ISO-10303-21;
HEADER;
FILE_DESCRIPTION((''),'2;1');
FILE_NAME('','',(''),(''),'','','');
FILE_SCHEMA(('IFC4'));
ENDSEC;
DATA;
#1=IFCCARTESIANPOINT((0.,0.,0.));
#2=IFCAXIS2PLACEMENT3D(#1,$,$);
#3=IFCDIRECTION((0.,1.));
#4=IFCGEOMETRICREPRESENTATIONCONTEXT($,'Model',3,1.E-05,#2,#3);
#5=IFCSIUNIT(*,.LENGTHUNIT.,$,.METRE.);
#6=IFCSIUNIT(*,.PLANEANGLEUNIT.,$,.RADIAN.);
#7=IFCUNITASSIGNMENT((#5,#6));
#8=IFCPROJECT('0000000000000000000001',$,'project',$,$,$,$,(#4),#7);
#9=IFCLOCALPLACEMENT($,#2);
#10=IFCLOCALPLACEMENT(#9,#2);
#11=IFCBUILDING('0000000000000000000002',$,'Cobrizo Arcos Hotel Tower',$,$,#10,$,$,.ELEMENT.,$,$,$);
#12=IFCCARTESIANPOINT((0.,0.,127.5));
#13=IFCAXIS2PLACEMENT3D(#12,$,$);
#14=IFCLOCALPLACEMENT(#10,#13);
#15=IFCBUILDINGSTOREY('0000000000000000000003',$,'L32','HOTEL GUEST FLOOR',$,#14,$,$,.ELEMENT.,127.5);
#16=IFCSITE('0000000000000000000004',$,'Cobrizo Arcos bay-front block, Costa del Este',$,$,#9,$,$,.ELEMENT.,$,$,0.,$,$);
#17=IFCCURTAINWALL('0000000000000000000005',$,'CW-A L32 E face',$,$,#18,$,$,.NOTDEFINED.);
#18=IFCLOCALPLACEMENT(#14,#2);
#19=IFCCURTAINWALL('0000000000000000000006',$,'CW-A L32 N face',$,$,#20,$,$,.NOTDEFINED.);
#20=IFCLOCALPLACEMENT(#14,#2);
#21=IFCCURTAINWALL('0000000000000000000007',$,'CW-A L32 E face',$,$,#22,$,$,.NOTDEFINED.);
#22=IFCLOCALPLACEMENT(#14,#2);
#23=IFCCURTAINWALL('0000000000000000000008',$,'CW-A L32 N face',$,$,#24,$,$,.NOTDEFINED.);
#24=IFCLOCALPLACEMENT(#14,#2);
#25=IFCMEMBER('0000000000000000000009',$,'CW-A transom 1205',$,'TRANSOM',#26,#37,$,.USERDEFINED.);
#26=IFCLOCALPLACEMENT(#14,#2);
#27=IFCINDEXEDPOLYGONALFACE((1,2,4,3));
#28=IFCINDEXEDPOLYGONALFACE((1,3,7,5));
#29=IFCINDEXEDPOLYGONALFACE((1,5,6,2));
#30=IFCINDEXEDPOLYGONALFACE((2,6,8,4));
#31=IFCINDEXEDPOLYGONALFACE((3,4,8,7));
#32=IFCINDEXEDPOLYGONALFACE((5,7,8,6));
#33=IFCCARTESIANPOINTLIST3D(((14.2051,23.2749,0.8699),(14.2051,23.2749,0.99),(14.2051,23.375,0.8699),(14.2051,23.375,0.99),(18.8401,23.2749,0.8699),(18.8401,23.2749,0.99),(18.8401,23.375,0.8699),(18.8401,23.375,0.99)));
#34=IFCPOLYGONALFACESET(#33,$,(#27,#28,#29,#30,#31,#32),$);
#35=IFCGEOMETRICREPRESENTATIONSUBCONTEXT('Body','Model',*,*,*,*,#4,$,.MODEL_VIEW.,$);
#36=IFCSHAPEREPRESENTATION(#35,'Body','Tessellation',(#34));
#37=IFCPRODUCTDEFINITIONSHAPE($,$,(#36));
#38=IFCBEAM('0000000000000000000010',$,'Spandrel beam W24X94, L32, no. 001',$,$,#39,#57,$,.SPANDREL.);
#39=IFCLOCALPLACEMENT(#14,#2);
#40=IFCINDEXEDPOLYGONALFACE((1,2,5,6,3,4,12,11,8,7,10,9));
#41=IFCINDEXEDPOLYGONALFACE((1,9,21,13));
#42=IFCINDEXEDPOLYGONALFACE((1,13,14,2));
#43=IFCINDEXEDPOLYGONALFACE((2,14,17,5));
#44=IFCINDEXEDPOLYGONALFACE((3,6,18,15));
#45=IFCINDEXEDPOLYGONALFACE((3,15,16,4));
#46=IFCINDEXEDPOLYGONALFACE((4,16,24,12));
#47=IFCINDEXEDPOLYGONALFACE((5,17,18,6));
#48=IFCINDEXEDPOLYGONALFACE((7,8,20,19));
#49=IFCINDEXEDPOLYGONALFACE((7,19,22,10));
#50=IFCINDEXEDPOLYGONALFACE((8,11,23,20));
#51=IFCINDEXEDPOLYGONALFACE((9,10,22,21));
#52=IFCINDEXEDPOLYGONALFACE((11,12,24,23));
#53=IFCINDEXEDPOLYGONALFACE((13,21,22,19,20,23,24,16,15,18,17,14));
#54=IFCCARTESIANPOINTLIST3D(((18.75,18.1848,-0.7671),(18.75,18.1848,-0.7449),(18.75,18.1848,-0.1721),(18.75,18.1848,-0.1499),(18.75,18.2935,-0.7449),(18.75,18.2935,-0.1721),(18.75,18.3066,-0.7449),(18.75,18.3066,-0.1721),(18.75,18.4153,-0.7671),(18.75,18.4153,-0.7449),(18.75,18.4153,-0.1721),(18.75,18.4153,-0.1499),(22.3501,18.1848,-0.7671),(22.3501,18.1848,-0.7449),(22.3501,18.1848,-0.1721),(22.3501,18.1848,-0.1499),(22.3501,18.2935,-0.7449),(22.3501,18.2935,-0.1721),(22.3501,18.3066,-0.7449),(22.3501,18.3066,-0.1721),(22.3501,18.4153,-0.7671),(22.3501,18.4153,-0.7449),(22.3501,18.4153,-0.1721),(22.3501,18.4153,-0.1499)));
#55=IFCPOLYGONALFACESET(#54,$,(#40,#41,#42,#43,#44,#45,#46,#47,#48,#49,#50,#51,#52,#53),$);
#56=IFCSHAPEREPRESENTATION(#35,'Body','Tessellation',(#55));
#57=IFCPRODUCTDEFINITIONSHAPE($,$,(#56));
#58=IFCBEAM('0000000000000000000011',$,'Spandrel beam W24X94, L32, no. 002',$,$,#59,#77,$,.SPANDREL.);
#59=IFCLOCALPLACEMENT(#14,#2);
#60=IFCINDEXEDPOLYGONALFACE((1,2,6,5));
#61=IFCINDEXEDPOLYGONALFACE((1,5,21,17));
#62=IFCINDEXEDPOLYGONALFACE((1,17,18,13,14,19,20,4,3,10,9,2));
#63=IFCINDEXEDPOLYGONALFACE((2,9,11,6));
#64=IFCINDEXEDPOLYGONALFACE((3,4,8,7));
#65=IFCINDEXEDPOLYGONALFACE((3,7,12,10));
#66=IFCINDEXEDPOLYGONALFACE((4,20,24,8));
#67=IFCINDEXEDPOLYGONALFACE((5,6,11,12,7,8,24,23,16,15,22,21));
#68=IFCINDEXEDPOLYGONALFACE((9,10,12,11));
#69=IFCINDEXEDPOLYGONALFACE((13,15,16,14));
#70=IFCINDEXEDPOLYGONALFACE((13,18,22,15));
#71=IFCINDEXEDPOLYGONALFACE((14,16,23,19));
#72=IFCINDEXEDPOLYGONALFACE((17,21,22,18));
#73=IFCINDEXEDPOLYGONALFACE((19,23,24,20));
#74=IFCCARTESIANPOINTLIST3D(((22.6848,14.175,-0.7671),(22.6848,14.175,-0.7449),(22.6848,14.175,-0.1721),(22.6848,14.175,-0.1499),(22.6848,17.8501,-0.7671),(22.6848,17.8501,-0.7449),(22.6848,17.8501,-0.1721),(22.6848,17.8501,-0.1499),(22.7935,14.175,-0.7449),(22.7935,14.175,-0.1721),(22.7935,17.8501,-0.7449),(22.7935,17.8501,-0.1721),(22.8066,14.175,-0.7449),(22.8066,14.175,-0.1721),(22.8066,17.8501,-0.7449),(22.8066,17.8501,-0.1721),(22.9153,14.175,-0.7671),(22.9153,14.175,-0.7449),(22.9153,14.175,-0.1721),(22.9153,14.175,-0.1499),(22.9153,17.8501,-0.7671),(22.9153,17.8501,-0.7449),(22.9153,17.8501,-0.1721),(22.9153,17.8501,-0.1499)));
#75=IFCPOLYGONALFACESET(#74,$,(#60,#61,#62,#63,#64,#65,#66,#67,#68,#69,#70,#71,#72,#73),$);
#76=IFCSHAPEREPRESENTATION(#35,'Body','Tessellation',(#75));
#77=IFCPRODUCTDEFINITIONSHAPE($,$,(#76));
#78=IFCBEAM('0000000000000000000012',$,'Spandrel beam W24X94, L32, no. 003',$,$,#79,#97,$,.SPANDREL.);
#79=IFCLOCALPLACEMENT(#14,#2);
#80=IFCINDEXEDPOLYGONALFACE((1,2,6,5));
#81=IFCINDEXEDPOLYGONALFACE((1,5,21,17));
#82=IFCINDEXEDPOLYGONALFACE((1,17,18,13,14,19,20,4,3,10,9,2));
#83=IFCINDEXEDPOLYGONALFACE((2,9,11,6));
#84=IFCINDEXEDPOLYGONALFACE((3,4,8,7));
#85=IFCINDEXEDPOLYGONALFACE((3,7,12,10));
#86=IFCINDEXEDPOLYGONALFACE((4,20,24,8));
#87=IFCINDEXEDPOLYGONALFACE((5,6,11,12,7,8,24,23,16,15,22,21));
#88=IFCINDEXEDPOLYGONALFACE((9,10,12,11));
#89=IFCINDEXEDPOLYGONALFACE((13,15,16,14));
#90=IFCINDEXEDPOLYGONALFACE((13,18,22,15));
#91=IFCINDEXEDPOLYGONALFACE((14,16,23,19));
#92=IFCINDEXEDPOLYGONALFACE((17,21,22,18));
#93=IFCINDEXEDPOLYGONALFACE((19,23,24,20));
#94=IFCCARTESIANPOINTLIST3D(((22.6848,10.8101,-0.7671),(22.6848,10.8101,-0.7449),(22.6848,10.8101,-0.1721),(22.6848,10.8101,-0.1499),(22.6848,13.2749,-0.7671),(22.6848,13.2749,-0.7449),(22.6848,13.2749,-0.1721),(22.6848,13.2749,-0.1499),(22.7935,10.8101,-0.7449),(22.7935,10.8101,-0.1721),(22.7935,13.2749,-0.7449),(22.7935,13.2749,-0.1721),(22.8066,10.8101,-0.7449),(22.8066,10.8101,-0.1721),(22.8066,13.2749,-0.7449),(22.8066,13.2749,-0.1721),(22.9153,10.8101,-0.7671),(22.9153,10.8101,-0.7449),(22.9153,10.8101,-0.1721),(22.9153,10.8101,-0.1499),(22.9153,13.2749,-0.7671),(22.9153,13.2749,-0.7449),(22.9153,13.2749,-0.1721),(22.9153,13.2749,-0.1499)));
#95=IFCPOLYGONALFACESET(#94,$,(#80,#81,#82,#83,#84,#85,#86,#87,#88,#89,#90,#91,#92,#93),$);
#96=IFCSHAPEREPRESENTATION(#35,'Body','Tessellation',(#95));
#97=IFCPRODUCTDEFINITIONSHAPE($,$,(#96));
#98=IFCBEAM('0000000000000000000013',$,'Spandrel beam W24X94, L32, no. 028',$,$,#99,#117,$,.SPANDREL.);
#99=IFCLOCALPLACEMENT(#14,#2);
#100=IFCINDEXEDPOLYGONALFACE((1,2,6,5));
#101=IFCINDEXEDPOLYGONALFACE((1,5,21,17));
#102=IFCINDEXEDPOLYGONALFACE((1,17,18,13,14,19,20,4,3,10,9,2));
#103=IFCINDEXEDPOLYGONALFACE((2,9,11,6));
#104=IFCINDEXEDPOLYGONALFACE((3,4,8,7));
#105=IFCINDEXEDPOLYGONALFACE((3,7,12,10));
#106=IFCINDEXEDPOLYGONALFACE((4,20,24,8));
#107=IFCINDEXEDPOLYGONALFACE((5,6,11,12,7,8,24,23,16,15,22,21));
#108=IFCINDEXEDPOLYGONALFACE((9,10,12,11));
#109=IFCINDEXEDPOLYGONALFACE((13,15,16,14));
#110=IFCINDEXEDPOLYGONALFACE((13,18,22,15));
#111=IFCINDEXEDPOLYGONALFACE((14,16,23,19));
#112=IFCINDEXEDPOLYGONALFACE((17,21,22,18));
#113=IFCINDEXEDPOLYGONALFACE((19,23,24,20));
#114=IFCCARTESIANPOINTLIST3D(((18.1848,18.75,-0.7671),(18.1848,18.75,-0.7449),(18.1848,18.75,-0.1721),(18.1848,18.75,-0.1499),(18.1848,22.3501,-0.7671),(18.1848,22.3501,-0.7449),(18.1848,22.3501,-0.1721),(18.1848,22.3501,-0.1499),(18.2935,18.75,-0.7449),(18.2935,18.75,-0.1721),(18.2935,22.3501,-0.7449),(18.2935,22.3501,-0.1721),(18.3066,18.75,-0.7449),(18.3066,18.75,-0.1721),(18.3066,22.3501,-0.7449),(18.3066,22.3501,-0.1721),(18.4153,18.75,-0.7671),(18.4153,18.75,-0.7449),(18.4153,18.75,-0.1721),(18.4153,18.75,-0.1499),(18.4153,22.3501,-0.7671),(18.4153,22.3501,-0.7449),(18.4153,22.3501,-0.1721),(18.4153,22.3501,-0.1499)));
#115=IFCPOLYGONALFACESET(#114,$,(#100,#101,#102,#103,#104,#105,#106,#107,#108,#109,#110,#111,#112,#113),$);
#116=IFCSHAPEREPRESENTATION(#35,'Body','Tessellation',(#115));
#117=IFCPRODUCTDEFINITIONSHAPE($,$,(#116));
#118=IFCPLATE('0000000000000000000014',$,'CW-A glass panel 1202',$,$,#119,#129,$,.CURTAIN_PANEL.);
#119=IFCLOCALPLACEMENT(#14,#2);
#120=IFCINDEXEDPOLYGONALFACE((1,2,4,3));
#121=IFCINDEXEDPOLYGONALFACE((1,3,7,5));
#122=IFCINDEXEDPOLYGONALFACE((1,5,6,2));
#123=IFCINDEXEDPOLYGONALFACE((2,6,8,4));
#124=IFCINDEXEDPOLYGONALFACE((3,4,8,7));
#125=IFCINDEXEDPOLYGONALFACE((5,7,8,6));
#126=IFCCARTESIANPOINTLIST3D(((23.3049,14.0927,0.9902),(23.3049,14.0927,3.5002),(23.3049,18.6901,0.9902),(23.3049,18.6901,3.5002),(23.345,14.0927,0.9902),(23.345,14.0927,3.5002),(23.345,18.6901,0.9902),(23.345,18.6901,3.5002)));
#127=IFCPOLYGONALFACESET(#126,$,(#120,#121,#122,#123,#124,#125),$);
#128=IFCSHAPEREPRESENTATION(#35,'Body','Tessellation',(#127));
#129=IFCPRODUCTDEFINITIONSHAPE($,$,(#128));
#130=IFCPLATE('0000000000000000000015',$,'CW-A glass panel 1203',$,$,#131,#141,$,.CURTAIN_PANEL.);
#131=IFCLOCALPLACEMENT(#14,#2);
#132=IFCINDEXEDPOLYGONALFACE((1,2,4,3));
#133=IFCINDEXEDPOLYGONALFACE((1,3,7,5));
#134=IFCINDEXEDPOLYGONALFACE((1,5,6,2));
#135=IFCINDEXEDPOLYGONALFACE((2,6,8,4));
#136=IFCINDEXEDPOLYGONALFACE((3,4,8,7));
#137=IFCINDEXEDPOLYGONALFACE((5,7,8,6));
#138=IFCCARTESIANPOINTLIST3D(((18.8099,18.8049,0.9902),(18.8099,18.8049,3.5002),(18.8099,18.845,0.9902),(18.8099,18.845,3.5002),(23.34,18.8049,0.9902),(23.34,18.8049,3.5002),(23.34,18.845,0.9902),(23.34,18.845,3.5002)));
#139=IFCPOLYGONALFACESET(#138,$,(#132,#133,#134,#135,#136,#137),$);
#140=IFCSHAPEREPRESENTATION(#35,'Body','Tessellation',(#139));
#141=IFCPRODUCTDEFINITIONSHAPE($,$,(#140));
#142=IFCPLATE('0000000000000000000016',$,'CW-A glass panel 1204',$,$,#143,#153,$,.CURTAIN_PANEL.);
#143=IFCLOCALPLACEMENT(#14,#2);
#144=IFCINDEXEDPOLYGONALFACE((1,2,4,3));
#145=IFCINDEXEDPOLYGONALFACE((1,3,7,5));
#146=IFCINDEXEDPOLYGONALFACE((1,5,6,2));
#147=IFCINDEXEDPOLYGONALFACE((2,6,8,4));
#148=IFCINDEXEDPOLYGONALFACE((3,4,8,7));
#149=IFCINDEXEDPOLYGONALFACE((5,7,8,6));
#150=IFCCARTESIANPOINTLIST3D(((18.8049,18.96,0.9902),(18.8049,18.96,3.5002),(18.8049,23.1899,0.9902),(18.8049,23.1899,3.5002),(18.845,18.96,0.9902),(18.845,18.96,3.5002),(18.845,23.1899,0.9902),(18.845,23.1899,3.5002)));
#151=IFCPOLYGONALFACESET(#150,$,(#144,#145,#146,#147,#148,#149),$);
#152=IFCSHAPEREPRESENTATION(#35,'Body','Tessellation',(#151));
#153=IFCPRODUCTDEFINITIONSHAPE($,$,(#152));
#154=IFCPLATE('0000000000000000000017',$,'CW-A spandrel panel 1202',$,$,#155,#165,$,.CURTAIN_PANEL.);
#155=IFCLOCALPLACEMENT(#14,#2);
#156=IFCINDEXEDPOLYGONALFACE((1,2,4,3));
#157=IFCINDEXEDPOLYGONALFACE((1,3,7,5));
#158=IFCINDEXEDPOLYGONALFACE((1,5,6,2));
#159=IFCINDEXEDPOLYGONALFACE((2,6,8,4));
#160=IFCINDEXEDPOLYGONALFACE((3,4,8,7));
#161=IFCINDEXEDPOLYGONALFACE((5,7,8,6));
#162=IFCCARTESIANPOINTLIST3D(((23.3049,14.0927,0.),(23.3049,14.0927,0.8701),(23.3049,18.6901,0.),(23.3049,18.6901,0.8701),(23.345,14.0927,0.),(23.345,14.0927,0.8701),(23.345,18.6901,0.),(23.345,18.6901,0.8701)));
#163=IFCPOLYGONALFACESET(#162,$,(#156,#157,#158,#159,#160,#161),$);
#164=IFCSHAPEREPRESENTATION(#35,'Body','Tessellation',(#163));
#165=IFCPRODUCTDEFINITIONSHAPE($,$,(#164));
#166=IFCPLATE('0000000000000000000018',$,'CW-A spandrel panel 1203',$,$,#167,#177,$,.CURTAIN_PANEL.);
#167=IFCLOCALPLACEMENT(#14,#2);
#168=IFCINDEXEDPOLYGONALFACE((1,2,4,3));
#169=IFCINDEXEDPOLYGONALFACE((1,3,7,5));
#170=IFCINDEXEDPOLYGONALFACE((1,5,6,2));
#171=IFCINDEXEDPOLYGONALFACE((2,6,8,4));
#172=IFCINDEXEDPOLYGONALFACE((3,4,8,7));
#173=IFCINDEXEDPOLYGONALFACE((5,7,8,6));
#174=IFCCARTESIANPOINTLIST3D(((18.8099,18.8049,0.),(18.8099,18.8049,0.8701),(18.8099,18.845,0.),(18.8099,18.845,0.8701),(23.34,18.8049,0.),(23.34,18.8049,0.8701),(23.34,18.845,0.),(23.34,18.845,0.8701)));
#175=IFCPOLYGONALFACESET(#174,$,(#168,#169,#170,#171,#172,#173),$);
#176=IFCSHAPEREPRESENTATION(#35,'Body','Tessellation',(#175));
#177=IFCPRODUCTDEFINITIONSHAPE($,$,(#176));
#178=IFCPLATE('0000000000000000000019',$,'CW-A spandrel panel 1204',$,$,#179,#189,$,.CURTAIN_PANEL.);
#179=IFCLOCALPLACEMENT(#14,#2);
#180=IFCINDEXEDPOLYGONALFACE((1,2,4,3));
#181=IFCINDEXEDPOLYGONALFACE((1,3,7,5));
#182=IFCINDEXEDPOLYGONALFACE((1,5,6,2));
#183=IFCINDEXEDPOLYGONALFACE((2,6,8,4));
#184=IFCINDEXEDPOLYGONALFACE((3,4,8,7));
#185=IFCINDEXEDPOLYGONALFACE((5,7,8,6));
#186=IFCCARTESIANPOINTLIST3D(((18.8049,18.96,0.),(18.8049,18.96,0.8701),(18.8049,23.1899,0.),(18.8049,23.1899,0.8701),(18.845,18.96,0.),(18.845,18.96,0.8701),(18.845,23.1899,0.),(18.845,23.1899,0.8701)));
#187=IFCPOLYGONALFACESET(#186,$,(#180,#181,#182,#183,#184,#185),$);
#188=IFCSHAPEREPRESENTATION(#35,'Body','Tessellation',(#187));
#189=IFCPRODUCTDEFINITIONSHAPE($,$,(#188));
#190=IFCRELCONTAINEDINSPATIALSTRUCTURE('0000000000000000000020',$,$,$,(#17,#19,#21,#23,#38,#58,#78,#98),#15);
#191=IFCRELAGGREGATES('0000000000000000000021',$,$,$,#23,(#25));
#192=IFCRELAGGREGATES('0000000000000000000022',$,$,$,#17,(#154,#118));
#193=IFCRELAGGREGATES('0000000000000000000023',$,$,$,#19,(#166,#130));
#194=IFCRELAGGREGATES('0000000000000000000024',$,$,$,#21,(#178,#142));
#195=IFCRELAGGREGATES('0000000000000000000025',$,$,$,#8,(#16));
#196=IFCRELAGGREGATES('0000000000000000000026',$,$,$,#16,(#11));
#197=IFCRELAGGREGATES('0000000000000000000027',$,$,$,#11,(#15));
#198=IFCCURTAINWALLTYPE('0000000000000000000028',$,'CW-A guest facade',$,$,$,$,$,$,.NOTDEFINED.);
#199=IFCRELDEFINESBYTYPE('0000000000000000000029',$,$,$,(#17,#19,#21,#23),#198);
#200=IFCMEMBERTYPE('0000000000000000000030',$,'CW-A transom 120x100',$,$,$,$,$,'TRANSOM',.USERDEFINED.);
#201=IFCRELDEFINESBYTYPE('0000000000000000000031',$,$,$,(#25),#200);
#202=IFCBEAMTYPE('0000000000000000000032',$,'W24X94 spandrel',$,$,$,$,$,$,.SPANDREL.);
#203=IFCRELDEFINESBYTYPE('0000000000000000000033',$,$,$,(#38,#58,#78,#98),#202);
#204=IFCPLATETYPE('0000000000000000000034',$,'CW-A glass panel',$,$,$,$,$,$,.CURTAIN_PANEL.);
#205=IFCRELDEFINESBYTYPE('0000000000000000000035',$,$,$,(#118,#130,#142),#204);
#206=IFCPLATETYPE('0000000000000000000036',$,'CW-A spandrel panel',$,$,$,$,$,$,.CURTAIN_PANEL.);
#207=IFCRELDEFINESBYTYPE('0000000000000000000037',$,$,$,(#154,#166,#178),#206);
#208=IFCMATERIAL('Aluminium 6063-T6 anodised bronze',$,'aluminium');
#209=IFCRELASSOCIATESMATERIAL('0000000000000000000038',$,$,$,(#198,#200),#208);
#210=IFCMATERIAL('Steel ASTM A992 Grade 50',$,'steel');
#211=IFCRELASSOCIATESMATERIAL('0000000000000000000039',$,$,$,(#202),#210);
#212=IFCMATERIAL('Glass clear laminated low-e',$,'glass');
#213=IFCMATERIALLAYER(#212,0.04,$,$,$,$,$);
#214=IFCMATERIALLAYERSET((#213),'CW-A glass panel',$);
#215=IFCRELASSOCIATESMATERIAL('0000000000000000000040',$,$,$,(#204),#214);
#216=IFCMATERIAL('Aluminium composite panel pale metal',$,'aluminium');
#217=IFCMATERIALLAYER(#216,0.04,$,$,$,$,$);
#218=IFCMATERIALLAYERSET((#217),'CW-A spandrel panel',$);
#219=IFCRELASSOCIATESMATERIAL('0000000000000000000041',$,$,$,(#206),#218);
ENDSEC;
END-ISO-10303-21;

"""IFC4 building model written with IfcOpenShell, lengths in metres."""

from ifc_helpers import new_model, si_unit, direction, frame, origin, origin_2d, place, context, subcontext, project, spatial, rectangle, i_section, extrude, material, layer, layer_set, material_profile, profile_set, type_object, element, aggregate, save


model = new_model("IFC4")

# Units and contexts
model_context = context("Model", 3, precision=1e-05, world=origin(), true_north=direction((0.0, 1.0)))
body_context = subcontext(model_context, "Body", "Model", "MODEL_VIEW")
ifc_project = project(units=[si_unit("LENGTHUNIT", "METRE"), si_unit("PLANEANGLEUNIT", "RADIAN")], contexts=[model_context])

# Site, building, storey
site_placement = place(None, origin())
site = spatial("IfcSite", under=ifc_project, at=site_placement, Name="Cobrizo Arcos bay-front block, Costa del Este", CompositionType="ELEMENT", RefElevation=0.0)
building_placement = place(site_placement, origin())
building = spatial("IfcBuilding", under=site, at=building_placement, Name="Cobrizo Arcos Hotel Tower", CompositionType="ELEMENT")
storey_placement = place(building_placement, frame((0.0, 0.0, 127.5)))
storey = spatial("IfcBuildingStorey", under=building, at=storey_placement, Name="L32", Description="HOTEL GUEST FLOOR", CompositionType="ELEMENT", Elevation=127.5)

# Curtain walls
ifc_material_1 = material(Name="Aluminium 6063-T6 anodised bronze", Category="aluminium")
curtain_wall_type = type_object("IfcCurtainWallType", Name="CW-A guest facade", PredefinedType="NOTDEFINED", material=ifc_material_1)
curtain_wall_1_placement = place(storey_placement, origin())
curtain_wall_1 = element("IfcCurtainWall", 1, at=curtain_wall_1_placement, inside=storey, type_object=curtain_wall_type, Name="CW-A L32 E face", PredefinedType="NOTDEFINED")
curtain_wall_2_placement = place(storey_placement, origin())
curtain_wall_2 = element("IfcCurtainWall", 2, at=curtain_wall_2_placement, inside=storey, type_object=curtain_wall_type, Name="CW-A L32 N face", PredefinedType="NOTDEFINED")
curtain_wall_3_placement = place(storey_placement, origin())
curtain_wall_3 = element("IfcCurtainWall", 3, at=curtain_wall_3_placement, inside=storey, type_object=curtain_wall_type, Name="CW-A L32 E face", PredefinedType="NOTDEFINED")

# Curtain wall
curtain_wall_4_placement = place(storey_placement, origin())
curtain_wall_4 = element("IfcCurtainWall", 4, at=curtain_wall_4_placement, inside=storey, type_object=curtain_wall_type, Name="CW-A L32 N face", PredefinedType="NOTDEFINED")

# Member
ifc_material_profile_1 = material_profile(ifc_material_1, rectangle(XDim=0.1001, YDim=0.1201, at=origin_2d()), Name="CW-A transom 120x100")
ifc_profile_set_1 = profile_set([ifc_material_profile_1], Name="Aluminium 6063-T6 anodised bronze")
member_type_1 = type_object("IfcMemberType", Name="CW-A transom 120x100", ElementType="TRANSOM", PredefinedType="USERDEFINED", material=ifc_profile_set_1)
member_1_placement = place(storey_placement, frame((18.8401, 23.325, 0.9299), z_axis=(-1.0, 0.0, 0.0), x_axis=(0.0, -1.0, 0.0)))
member_1 = element("IfcMember", 5, at=member_1_placement, type_object=member_type_1, Name="CW-A transom 1205", ObjectType="TRANSOM", PredefinedType="USERDEFINED", context=body_context, shape_type="SweptSolid", body=[
    extrude(rectangle(XDim=0.1001, YDim=0.1201, at=origin_2d()), origin(), (0.0, 0.0, 1.0), 4.635),
])
aggregate(curtain_wall_4, [member_1])

# Beams
ifc_material_2 = material(Name="Steel ASTM A992 Grade 50", Category="steel")
ifc_material_profile_2 = material_profile(ifc_material_2, i_section(OverallWidth=0.2305, OverallDepth=0.6172, WebThickness=0.0132, FlangeThickness=0.0222, at=origin_2d()), Name="W24X94")
ifc_profile_set_2 = profile_set([ifc_material_profile_2], Name="Steel ASTM A992 Grade 50")
beam_type = type_object("IfcBeamType", Name="W24X94 spandrel", PredefinedType="SPANDREL", material=ifc_profile_set_2)
beam_1_placement = place(storey_placement, frame((18.75, 18.3, -0.4585), z_axis=(1.0, 0.0, 0.0), x_axis=(0.0, 1.0, 0.0)))
element("IfcBeam", 6, at=beam_1_placement, inside=storey, type_object=beam_type, Name="Spandrel beam W24X94, L32, no. 001", PredefinedType="SPANDREL", context=body_context, shape_type="SweptSolid", body=[
    extrude(i_section(OverallWidth=0.2305, OverallDepth=0.6172, WebThickness=0.0132, FlangeThickness=0.0222, at=origin_2d()), origin(), (0.0, 0.0, 1.0), 3.6001),
])
beam_2_placement = place(storey_placement, frame((22.8, 17.8501, -0.4585), z_axis=(0.0, -1.0, 0.0), x_axis=(1.0, 0.0, 0.0)))
element("IfcBeam", 7, at=beam_2_placement, inside=storey, type_object=beam_type, Name="Spandrel beam W24X94, L32, no. 002", PredefinedType="SPANDREL", context=body_context, shape_type="SweptSolid", body=[
    extrude(i_section(OverallWidth=0.2305, OverallDepth=0.6172, WebThickness=0.0132, FlangeThickness=0.0222, at=origin_2d()), origin(), (0.0, 0.0, 1.0), 3.675),
])
beam_3_placement = place(storey_placement, frame((22.8, 13.2749, -0.4585), z_axis=(0.0, -1.0, 0.0), x_axis=(1.0, 0.0, 0.0)))
element("IfcBeam", 8, at=beam_3_placement, inside=storey, type_object=beam_type, Name="Spandrel beam W24X94, L32, no. 003", PredefinedType="SPANDREL", context=body_context, shape_type="SweptSolid", body=[
    extrude(i_section(OverallWidth=0.2305, OverallDepth=0.6172, WebThickness=0.0132, FlangeThickness=0.0222, at=origin_2d()), origin(), (0.0, 0.0, 1.0), 2.4648),
])
beam_4_placement = place(storey_placement, frame((18.3, 22.3501, -0.4585), z_axis=(0.0, -1.0, 0.0), x_axis=(1.0, 0.0, 0.0)))
element("IfcBeam", 9, at=beam_4_placement, inside=storey, type_object=beam_type, Name="Spandrel beam W24X94, L32, no. 028", PredefinedType="SPANDREL", context=body_context, shape_type="SweptSolid", body=[
    extrude(i_section(OverallWidth=0.2305, OverallDepth=0.6172, WebThickness=0.0132, FlangeThickness=0.0222, at=origin_2d()), origin(), (0.0, 0.0, 1.0), 3.6001),
])

# Plates
ifc_material_3 = material(Name="Glass clear laminated low-e", Category="glass")
ifc_layer_1 = layer(ifc_material_3, 0.04)
ifc_layer_set_1 = layer_set([ifc_layer_1], Name="CW-A glass panel")
plate_type_1 = type_object("IfcPlateType", Name="CW-A glass panel", PredefinedType="CURTAIN_PANEL", material=ifc_layer_set_1)
plate_1_placement = place(storey_placement, frame((23.325, 16.3914, 0.9902), z_axis=(0.0, 0.0, 1.0), x_axis=(0.0, 1.0, 0.0)))
plate_1 = element("IfcPlate", 10, at=plate_1_placement, type_object=plate_type_1, Name="CW-A glass panel 1202", PredefinedType="CURTAIN_PANEL", context=body_context, shape_type="SweptSolid", body=[
    extrude(rectangle(XDim=4.5974, YDim=0.04, at=origin_2d()), origin(), (0.0, 0.0, 1.0), 2.51),
])
plate_2_placement = place(storey_placement, frame((21.075, 18.825, 0.9902), z_axis=(0.0, 0.0, 1.0), x_axis=(-1.0, 0.0, 0.0)))
plate_2 = element("IfcPlate", 11, at=plate_2_placement, type_object=plate_type_1, Name="CW-A glass panel 1203", PredefinedType="CURTAIN_PANEL", context=body_context, shape_type="SweptSolid", body=[
    extrude(rectangle(XDim=4.53, YDim=0.04, at=origin_2d()), origin(), (0.0, 0.0, 1.0), 2.51),
])
plate_3_placement = place(storey_placement, frame((18.825, 21.075, 0.9902), z_axis=(0.0, 0.0, 1.0), x_axis=(0.0, 1.0, 0.0)))
plate_3 = element("IfcPlate", 12, at=plate_3_placement, type_object=plate_type_1, Name="CW-A glass panel 1204", PredefinedType="CURTAIN_PANEL", context=body_context, shape_type="SweptSolid", body=[
    extrude(rectangle(XDim=4.23, YDim=0.04, at=origin_2d()), origin(), (0.0, 0.0, 1.0), 2.51),
])
ifc_material_4 = material(Name="Aluminium composite panel pale metal", Category="aluminium")
ifc_layer_2 = layer(ifc_material_4, 0.04)
ifc_layer_set_2 = layer_set([ifc_layer_2], Name="CW-A spandrel panel")
plate_type_2 = type_object("IfcPlateType", Name="CW-A spandrel panel", PredefinedType="CURTAIN_PANEL", material=ifc_layer_set_2)
plate_4_placement = place(storey_placement, frame((23.325, 16.3914, 0.0), z_axis=(0.0, 0.0, 1.0), x_axis=(0.0, 1.0, 0.0)))
plate_4 = element("IfcPlate", 13, at=plate_4_placement, type_object=plate_type_2, Name="CW-A spandrel panel 1202", PredefinedType="CURTAIN_PANEL", context=body_context, shape_type="SweptSolid", body=[
    extrude(rectangle(XDim=4.5974, YDim=0.04, at=origin_2d()), origin(), (0.0, 0.0, 1.0), 0.8701),
])
aggregate(curtain_wall_1, [plate_4, plate_1])
plate_5_placement = place(storey_placement, frame((21.075, 18.825, 0.0), z_axis=(0.0, 0.0, 1.0), x_axis=(-1.0, 0.0, 0.0)))
plate_5 = element("IfcPlate", 14, at=plate_5_placement, type_object=plate_type_2, Name="CW-A spandrel panel 1203", PredefinedType="CURTAIN_PANEL", context=body_context, shape_type="SweptSolid", body=[
    extrude(rectangle(XDim=4.53, YDim=0.04, at=origin_2d()), origin(), (0.0, 0.0, 1.0), 0.8701),
])
aggregate(curtain_wall_2, [plate_5, plate_2])
plate_6_placement = place(storey_placement, frame((18.825, 21.075, 0.0), z_axis=(0.0, 0.0, 1.0), x_axis=(0.0, 1.0, 0.0)))
plate_6 = element("IfcPlate", 15, at=plate_6_placement, type_object=plate_type_2, Name="CW-A spandrel panel 1204", PredefinedType="CURTAIN_PANEL", context=body_context, shape_type="SweptSolid", body=[
    extrude(rectangle(XDim=4.23, YDim=0.04, at=origin_2d()), origin(), (0.0, 0.0, 1.0), 0.8701),
])
aggregate(curtain_wall_3, [plate_6, plate_3])

save(model, "model.ifc")
